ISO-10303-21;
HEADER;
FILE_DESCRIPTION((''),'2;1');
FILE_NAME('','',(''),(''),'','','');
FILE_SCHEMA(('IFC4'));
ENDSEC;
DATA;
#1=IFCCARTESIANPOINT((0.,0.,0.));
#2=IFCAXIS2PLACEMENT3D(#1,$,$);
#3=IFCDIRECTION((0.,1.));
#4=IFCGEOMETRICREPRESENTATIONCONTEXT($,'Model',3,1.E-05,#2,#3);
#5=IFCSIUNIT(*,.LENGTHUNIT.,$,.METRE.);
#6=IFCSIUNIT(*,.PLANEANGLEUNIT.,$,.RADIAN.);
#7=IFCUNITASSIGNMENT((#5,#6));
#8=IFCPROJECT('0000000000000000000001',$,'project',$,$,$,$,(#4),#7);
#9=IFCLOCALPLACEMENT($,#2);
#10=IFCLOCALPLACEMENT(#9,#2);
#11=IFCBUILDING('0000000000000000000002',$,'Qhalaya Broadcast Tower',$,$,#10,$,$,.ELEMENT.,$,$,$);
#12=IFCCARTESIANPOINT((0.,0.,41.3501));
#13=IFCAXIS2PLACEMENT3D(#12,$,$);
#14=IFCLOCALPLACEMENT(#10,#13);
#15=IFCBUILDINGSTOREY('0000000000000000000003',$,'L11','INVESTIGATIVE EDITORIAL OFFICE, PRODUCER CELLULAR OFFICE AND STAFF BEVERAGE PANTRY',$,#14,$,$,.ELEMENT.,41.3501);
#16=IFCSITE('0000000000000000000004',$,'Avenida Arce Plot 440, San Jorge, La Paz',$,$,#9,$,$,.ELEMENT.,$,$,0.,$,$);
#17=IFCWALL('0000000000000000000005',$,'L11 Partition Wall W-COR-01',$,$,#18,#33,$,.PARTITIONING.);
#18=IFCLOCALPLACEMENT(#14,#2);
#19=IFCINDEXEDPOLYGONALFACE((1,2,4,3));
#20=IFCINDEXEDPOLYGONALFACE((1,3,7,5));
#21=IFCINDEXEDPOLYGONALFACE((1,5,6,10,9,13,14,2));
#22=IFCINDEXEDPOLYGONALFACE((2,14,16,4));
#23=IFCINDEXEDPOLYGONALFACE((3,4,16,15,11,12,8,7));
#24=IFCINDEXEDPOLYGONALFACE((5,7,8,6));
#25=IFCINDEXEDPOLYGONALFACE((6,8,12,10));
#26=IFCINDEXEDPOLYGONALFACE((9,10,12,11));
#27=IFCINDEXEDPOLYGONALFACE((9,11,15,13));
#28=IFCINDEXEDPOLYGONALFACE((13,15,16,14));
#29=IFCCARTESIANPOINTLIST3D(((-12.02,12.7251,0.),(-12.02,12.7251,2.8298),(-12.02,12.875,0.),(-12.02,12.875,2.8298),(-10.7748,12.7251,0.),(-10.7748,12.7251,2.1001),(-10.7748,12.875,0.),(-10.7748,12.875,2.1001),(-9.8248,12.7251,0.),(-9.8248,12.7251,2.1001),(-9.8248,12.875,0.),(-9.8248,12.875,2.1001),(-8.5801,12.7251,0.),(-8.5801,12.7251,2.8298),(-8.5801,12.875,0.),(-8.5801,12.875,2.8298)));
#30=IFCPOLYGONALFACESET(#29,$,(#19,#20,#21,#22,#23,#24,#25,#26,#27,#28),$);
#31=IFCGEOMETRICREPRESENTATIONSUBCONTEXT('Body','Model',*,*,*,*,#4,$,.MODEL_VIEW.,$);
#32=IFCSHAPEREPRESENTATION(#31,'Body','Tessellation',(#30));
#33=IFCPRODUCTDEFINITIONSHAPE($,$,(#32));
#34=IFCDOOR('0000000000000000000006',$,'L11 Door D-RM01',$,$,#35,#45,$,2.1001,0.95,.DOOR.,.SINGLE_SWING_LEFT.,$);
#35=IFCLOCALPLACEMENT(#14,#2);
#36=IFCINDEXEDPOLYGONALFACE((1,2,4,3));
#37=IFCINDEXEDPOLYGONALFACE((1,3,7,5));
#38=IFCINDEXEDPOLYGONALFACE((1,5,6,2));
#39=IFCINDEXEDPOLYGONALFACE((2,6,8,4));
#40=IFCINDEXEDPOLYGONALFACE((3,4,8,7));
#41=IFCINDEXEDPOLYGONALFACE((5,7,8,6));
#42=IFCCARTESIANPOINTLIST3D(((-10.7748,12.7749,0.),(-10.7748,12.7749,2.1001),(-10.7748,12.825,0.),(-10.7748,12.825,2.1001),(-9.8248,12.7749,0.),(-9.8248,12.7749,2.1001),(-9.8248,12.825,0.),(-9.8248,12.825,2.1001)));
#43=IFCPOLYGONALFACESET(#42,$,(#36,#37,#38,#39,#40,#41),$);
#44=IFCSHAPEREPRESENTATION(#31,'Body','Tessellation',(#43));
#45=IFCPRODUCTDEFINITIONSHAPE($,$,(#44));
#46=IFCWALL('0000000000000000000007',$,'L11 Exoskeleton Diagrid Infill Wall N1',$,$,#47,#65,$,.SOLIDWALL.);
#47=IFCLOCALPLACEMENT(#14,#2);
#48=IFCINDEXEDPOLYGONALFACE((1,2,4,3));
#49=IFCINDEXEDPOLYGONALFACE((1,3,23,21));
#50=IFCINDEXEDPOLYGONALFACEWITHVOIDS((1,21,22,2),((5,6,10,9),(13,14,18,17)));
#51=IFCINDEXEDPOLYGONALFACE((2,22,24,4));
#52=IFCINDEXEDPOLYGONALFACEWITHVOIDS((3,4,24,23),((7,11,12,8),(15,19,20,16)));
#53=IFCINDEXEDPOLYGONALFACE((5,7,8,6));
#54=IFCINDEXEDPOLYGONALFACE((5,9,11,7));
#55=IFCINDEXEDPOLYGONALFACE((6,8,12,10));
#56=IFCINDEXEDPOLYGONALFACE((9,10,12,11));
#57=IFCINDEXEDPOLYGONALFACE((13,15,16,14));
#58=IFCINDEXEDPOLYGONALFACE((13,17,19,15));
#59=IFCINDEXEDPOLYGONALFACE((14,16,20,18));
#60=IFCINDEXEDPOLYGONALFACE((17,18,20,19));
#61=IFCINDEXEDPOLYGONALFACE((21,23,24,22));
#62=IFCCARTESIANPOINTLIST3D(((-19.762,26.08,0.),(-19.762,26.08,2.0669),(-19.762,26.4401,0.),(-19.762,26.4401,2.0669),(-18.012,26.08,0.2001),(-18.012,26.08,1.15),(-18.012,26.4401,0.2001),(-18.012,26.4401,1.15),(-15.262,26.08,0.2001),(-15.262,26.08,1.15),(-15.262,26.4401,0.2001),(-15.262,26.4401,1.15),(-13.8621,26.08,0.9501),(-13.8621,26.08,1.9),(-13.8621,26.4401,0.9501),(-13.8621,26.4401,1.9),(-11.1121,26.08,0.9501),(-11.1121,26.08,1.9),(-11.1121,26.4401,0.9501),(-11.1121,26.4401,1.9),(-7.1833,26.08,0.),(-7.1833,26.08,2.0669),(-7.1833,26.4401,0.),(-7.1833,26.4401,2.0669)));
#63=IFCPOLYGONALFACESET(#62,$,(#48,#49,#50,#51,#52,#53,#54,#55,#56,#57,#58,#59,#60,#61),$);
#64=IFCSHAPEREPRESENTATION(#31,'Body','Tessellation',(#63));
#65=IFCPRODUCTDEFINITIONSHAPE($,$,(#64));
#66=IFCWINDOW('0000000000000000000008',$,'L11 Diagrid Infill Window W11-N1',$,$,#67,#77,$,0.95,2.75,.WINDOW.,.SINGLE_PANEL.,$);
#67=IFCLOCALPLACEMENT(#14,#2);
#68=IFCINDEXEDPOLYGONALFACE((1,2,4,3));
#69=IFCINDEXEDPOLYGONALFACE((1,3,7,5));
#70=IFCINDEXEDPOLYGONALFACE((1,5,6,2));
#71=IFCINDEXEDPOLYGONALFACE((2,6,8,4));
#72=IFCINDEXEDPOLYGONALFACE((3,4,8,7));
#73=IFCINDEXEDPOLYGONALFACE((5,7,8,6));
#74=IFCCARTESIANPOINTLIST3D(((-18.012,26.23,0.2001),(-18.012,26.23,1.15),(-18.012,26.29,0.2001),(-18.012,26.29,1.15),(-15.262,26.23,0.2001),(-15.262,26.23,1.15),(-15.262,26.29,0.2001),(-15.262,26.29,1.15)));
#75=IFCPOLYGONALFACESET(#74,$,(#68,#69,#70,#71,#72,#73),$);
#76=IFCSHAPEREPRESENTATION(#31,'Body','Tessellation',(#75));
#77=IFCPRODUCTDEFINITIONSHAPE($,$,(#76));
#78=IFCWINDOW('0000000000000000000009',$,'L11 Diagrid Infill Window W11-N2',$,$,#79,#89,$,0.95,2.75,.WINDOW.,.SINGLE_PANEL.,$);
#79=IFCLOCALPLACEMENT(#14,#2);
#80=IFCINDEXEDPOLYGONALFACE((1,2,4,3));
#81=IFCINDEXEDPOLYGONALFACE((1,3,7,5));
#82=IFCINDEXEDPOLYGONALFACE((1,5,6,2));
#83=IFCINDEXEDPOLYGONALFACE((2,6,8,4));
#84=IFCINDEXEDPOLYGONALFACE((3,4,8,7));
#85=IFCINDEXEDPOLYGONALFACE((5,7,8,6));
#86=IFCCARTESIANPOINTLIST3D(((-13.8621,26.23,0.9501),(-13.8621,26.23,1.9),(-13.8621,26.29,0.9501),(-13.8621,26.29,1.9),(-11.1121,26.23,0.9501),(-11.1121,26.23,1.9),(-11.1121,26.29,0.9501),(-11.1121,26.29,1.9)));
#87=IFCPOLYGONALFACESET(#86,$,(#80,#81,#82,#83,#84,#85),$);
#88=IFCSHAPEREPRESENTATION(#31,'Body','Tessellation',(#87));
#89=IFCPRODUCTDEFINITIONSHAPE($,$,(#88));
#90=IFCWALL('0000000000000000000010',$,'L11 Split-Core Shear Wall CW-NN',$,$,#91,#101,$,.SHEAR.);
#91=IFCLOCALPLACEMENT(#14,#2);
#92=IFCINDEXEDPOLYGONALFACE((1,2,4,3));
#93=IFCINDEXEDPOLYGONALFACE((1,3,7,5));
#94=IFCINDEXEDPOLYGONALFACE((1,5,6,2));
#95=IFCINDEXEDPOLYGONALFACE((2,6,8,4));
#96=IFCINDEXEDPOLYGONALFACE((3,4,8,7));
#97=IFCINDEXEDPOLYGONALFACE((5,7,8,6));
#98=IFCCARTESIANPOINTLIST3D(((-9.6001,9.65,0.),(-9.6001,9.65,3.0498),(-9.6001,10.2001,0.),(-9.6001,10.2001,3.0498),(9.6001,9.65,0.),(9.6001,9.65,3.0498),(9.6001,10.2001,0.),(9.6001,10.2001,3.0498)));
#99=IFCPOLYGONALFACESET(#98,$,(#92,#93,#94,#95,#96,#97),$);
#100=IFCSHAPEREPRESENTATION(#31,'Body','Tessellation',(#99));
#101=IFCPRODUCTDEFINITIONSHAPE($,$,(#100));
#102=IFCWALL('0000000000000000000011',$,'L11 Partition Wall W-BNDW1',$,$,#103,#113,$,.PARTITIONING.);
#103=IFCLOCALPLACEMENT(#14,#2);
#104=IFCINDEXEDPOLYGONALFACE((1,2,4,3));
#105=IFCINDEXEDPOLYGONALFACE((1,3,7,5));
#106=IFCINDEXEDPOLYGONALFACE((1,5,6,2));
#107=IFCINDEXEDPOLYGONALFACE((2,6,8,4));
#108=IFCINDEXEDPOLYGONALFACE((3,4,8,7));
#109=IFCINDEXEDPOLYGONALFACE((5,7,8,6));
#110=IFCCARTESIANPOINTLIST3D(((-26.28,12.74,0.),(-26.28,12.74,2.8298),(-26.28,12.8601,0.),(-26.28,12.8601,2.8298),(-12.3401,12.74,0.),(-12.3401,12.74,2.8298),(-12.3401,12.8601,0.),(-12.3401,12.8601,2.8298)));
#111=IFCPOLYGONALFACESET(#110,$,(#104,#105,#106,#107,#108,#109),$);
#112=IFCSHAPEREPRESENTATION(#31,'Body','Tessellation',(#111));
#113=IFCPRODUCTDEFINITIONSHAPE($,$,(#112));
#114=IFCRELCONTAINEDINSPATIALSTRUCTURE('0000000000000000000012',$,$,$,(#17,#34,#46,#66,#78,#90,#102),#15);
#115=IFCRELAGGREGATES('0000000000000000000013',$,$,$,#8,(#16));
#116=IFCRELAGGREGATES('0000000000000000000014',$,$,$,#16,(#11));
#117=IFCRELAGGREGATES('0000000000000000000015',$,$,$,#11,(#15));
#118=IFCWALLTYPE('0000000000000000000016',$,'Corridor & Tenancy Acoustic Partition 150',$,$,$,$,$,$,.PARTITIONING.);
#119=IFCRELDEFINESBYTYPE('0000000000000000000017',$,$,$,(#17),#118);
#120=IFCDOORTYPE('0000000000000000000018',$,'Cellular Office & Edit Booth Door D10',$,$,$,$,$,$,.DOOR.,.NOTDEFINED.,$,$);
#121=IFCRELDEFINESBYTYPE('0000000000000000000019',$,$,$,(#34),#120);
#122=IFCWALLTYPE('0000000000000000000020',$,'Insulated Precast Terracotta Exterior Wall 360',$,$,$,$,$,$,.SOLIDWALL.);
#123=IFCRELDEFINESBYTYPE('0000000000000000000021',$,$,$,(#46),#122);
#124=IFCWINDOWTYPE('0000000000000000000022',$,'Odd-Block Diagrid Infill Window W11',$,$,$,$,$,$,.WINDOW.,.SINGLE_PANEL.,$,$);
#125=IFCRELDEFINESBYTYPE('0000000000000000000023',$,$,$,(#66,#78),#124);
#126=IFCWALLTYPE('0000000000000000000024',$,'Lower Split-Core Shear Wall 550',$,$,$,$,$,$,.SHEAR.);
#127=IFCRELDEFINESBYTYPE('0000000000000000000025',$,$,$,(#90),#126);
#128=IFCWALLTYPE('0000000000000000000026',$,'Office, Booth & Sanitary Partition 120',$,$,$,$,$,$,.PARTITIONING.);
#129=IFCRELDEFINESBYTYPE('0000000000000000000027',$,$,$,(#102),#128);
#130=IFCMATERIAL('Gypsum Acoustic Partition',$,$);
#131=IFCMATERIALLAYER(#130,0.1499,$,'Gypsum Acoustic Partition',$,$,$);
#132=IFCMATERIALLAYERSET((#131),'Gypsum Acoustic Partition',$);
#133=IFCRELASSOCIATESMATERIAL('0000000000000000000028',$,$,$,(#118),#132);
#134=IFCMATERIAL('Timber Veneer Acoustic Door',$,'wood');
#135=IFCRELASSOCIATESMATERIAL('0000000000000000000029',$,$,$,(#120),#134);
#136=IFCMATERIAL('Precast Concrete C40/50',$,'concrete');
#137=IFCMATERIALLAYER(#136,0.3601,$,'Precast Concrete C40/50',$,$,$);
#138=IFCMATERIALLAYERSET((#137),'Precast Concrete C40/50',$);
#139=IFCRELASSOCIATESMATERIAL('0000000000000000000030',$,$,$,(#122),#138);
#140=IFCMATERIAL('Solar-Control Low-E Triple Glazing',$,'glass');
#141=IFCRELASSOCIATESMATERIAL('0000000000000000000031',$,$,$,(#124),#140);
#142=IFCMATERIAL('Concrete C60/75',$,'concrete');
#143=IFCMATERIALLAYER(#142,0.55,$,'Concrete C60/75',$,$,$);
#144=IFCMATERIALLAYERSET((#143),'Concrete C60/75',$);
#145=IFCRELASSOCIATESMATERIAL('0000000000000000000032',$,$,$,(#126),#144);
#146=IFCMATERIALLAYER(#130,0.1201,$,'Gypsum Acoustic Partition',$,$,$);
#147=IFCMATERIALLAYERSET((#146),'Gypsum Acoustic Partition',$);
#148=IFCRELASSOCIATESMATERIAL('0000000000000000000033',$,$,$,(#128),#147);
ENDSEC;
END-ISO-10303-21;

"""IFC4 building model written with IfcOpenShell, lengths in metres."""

from ifc_helpers import new_model, si_unit, direction, frame, frame_2d, origin, place, context, subcontext, project, spatial, rectangle, extrude, material, layer, layer_set, type_object, element, fill, save


model = new_model("IFC4")

# Units and contexts
model_context = context("Model", 3, precision=1e-05, world=origin(), true_north=direction((0.0, 1.0)))
body_context = subcontext(model_context, "Body", "Model", "MODEL_VIEW")
ifc_project = project(units=[si_unit("LENGTHUNIT", "METRE"), si_unit("PLANEANGLEUNIT", "RADIAN")], contexts=[model_context])

# Site, building, storey
site_placement = place(None, origin())
site = spatial("IfcSite", under=ifc_project, at=site_placement, Name="Avenida Arce Plot 440, San Jorge, La Paz", CompositionType="ELEMENT", RefElevation=0.0)
building_placement = place(site_placement, origin())
building = spatial("IfcBuilding", under=site, at=building_placement, Name="Qhalaya Broadcast Tower", CompositionType="ELEMENT")
storey_placement = place(building_placement, frame((0.0, 0.0, 41.3501)))
storey = spatial("IfcBuildingStorey", under=building, at=storey_placement, Name="L11", Description="INVESTIGATIVE EDITORIAL OFFICE, PRODUCER CELLULAR OFFICE AND STAFF BEVERAGE PANTRY", CompositionType="ELEMENT", Elevation=41.3501)

# Wall, opening, door
ifc_material_1 = material(Name="Gypsum Acoustic Partition")
ifc_layer_1 = layer(ifc_material_1, 0.1499, Name="Gypsum Acoustic Partition")
ifc_layer_set_1 = layer_set([ifc_layer_1], Name="Gypsum Acoustic Partition")
wall_type_1 = type_object("IfcWallType", Name="Corridor & Tenancy Acoustic Partition 150", PredefinedType="PARTITIONING", material=ifc_layer_set_1)
wall_1_placement = place(storey_placement, frame((-12.02, 12.8, 0.0), z_axis=(0.0, 0.0, 1.0), x_axis=(1.0, 0.0, 0.0)))
wall_1 = element("IfcWall", 1, at=wall_1_placement, inside=storey, type_object=wall_type_1, Name="L11 Partition Wall W-COR-01", PredefinedType="PARTITIONING", context=body_context, shape_type="SweptSolid", body=[
    extrude(rectangle(XDim=3.4399, YDim=0.1499, at=frame_2d((1.72, 0.0))), origin(), (0.0, 0.0, 1.0), 2.8298),
])
opening_1_placement = place(wall_1_placement, frame((1.2451, 0.0, 0.0)))
opening_1 = element("IfcOpeningElement", 2, at=opening_1_placement, cuts=wall_1, PredefinedType="OPENING", context=body_context, shape_type="SweptSolid", body=[
    extrude(rectangle(XDim=0.95, YDim=2.1001, at=frame_2d((0.4751, 1.05))), frame((0.0, 0.0869, 0.0), z_axis=(0.0, -1.0, 0.0), x_axis=(1.0, 0.0, 0.0)), (0.0, 0.0, 1.0), 0.1738),
])
ifc_material_2 = material(Name="Timber Veneer Acoustic Door", Category="wood")
door_type = type_object("IfcDoorType", Name="Cellular Office & Edit Booth Door D10", OperationType="NOTDEFINED", PredefinedType="DOOR", material=ifc_material_2)
door_placement = place(opening_1_placement, origin())
door = element("IfcDoor", 3, at=door_placement, inside=storey, type_object=door_type, Name="L11 Door D-RM01", OperationType="SINGLE_SWING_LEFT", OverallHeight=2.1001, OverallWidth=0.95, PredefinedType="DOOR", context=body_context, shape_type="SweptSolid", body=[
    extrude(rectangle(XDim=0.95, YDim=2.1001, at=frame_2d((0.4751, 1.05))), frame((0.0, 0.0249, 0.0), z_axis=(0.0, -1.0, 0.0), x_axis=(1.0, 0.0, 0.0)), (0.0, 0.0, 1.0), 0.05),
])
fill(opening_1, door)

# Wall, openings, windows
ifc_material_3 = material(Name="Precast Concrete C40/50", Category="concrete")
ifc_layer_2 = layer(ifc_material_3, 0.3601, Name="Precast Concrete C40/50")
ifc_layer_set_2 = layer_set([ifc_layer_2], Name="Precast Concrete C40/50")
wall_type_2 = type_object("IfcWallType", Name="Insulated Precast Terracotta Exterior Wall 360", PredefinedType="SOLIDWALL", material=ifc_layer_set_2)
wall_2_placement = place(storey_placement, frame((-19.762, 26.26, 0.0), z_axis=(0.0, 0.0, 1.0), x_axis=(1.0, 0.0, 0.0)))
wall_2 = element("IfcWall", 4, at=wall_2_placement, inside=storey, type_object=wall_type_2, Name="L11 Exoskeleton Diagrid Infill Wall N1", PredefinedType="SOLIDWALL", context=body_context, shape_type="SweptSolid", body=[
    extrude(rectangle(XDim=12.5786, YDim=0.3601, at=frame_2d((6.2893, 0.0))), origin(), (0.0, 0.0, 1.0), 2.0669),
])
opening_2_placement = place(wall_2_placement, frame((1.75, 0.0, 0.2)))
opening_2 = element("IfcOpeningElement", 5, at=opening_2_placement, cuts=wall_2, PredefinedType="OPENING", context=body_context, shape_type="SweptSolid", body=[
    extrude(rectangle(XDim=2.75, YDim=0.95, at=frame_2d((1.375, 0.4751))), frame((0.0, 0.1921, 0.0), z_axis=(0.0, -1.0, 0.0), x_axis=(1.0, 0.0, 0.0)), (0.0, 0.0, 1.0), 0.384),
])
opening_3_placement = place(wall_2_placement, frame((5.8999, 0.0, 0.95)))
opening_3 = element("IfcOpeningElement", 6, at=opening_3_placement, cuts=wall_2, PredefinedType="OPENING", context=body_context, shape_type="SweptSolid", body=[
    extrude(rectangle(XDim=2.75, YDim=0.95, at=frame_2d((1.375, 0.4751))), frame((0.0, 0.1921, 0.0), z_axis=(0.0, -1.0, 0.0), x_axis=(1.0, 0.0, 0.0)), (0.0, 0.0, 1.0), 0.384),
])
ifc_material_4 = material(Name="Solar-Control Low-E Triple Glazing", Category="glass")
window_type = type_object("IfcWindowType", Name="Odd-Block Diagrid Infill Window W11", PartitioningType="SINGLE_PANEL", PredefinedType="WINDOW", material=ifc_material_4)
window_1_placement = place(opening_2_placement, origin())
window_1 = element("IfcWindow", 7, at=window_1_placement, inside=storey, type_object=window_type, Name="L11 Diagrid Infill Window W11-N1", OverallHeight=0.95, OverallWidth=2.75, PartitioningType="SINGLE_PANEL", PredefinedType="WINDOW", context=body_context, shape_type="SweptSolid", body=[
    extrude(rectangle(XDim=2.75, YDim=0.95, at=frame_2d((1.375, 0.4751))), frame((0.0, 0.03, 0.0), z_axis=(0.0, -1.0, 0.0), x_axis=(1.0, 0.0, 0.0)), (0.0, 0.0, 1.0), 0.0601),
])
fill(opening_2, window_1)
window_2_placement = place(opening_3_placement, origin())
window_2 = element("IfcWindow", 8, at=window_2_placement, inside=storey, type_object=window_type, Name="L11 Diagrid Infill Window W11-N2", OverallHeight=0.95, OverallWidth=2.75, PartitioningType="SINGLE_PANEL", PredefinedType="WINDOW", context=body_context, shape_type="SweptSolid", body=[
    extrude(rectangle(XDim=2.75, YDim=0.95, at=frame_2d((1.375, 0.4751))), frame((0.0, 0.03, 0.0), z_axis=(0.0, -1.0, 0.0), x_axis=(1.0, 0.0, 0.0)), (0.0, 0.0, 1.0), 0.0601),
])
fill(opening_3, window_2)

# Walls
ifc_material_5 = material(Name="Concrete C60/75", Category="concrete")
ifc_layer_3 = layer(ifc_material_5, 0.55, Name="Concrete C60/75")
ifc_layer_set_3 = layer_set([ifc_layer_3], Name="Concrete C60/75")
wall_type_3 = type_object("IfcWallType", Name="Lower Split-Core Shear Wall 550", PredefinedType="SHEAR", material=ifc_layer_set_3)
wall_3_placement = place(storey_placement, frame((-9.6001, 9.925, 0.0), z_axis=(0.0, 0.0, 1.0), x_axis=(1.0, 0.0, 0.0)))
element("IfcWall", 9, at=wall_3_placement, inside=storey, type_object=wall_type_3, Name="L11 Split-Core Shear Wall CW-NN", PredefinedType="SHEAR", context=body_context, shape_type="SweptSolid", body=[
    extrude(rectangle(XDim=19.2002, YDim=0.55, at=frame_2d((9.6001, 0.0))), origin(), (0.0, 0.0, 1.0), 3.0498),
])
ifc_layer_4 = layer(ifc_material_1, 0.1201, Name="Gypsum Acoustic Partition")
ifc_layer_set_4 = layer_set([ifc_layer_4], Name="Gypsum Acoustic Partition")
wall_type_4 = type_object("IfcWallType", Name="Office, Booth & Sanitary Partition 120", PredefinedType="PARTITIONING", material=ifc_layer_set_4)
wall_4_placement = place(storey_placement, frame((-26.28, 12.8, 0.0), z_axis=(0.0, 0.0, 1.0), x_axis=(1.0, 0.0, 0.0)))
element("IfcWall", 10, at=wall_4_placement, inside=storey, type_object=wall_type_4, Name="L11 Partition Wall W-BNDW1", PredefinedType="PARTITIONING", context=body_context, shape_type="SweptSolid", body=[
    extrude(rectangle(XDim=13.9399, YDim=0.1201, at=frame_2d((6.97, 0.0))), origin(), (0.0, 0.0, 1.0), 2.8298),
])

save(model, "model.ifc")
